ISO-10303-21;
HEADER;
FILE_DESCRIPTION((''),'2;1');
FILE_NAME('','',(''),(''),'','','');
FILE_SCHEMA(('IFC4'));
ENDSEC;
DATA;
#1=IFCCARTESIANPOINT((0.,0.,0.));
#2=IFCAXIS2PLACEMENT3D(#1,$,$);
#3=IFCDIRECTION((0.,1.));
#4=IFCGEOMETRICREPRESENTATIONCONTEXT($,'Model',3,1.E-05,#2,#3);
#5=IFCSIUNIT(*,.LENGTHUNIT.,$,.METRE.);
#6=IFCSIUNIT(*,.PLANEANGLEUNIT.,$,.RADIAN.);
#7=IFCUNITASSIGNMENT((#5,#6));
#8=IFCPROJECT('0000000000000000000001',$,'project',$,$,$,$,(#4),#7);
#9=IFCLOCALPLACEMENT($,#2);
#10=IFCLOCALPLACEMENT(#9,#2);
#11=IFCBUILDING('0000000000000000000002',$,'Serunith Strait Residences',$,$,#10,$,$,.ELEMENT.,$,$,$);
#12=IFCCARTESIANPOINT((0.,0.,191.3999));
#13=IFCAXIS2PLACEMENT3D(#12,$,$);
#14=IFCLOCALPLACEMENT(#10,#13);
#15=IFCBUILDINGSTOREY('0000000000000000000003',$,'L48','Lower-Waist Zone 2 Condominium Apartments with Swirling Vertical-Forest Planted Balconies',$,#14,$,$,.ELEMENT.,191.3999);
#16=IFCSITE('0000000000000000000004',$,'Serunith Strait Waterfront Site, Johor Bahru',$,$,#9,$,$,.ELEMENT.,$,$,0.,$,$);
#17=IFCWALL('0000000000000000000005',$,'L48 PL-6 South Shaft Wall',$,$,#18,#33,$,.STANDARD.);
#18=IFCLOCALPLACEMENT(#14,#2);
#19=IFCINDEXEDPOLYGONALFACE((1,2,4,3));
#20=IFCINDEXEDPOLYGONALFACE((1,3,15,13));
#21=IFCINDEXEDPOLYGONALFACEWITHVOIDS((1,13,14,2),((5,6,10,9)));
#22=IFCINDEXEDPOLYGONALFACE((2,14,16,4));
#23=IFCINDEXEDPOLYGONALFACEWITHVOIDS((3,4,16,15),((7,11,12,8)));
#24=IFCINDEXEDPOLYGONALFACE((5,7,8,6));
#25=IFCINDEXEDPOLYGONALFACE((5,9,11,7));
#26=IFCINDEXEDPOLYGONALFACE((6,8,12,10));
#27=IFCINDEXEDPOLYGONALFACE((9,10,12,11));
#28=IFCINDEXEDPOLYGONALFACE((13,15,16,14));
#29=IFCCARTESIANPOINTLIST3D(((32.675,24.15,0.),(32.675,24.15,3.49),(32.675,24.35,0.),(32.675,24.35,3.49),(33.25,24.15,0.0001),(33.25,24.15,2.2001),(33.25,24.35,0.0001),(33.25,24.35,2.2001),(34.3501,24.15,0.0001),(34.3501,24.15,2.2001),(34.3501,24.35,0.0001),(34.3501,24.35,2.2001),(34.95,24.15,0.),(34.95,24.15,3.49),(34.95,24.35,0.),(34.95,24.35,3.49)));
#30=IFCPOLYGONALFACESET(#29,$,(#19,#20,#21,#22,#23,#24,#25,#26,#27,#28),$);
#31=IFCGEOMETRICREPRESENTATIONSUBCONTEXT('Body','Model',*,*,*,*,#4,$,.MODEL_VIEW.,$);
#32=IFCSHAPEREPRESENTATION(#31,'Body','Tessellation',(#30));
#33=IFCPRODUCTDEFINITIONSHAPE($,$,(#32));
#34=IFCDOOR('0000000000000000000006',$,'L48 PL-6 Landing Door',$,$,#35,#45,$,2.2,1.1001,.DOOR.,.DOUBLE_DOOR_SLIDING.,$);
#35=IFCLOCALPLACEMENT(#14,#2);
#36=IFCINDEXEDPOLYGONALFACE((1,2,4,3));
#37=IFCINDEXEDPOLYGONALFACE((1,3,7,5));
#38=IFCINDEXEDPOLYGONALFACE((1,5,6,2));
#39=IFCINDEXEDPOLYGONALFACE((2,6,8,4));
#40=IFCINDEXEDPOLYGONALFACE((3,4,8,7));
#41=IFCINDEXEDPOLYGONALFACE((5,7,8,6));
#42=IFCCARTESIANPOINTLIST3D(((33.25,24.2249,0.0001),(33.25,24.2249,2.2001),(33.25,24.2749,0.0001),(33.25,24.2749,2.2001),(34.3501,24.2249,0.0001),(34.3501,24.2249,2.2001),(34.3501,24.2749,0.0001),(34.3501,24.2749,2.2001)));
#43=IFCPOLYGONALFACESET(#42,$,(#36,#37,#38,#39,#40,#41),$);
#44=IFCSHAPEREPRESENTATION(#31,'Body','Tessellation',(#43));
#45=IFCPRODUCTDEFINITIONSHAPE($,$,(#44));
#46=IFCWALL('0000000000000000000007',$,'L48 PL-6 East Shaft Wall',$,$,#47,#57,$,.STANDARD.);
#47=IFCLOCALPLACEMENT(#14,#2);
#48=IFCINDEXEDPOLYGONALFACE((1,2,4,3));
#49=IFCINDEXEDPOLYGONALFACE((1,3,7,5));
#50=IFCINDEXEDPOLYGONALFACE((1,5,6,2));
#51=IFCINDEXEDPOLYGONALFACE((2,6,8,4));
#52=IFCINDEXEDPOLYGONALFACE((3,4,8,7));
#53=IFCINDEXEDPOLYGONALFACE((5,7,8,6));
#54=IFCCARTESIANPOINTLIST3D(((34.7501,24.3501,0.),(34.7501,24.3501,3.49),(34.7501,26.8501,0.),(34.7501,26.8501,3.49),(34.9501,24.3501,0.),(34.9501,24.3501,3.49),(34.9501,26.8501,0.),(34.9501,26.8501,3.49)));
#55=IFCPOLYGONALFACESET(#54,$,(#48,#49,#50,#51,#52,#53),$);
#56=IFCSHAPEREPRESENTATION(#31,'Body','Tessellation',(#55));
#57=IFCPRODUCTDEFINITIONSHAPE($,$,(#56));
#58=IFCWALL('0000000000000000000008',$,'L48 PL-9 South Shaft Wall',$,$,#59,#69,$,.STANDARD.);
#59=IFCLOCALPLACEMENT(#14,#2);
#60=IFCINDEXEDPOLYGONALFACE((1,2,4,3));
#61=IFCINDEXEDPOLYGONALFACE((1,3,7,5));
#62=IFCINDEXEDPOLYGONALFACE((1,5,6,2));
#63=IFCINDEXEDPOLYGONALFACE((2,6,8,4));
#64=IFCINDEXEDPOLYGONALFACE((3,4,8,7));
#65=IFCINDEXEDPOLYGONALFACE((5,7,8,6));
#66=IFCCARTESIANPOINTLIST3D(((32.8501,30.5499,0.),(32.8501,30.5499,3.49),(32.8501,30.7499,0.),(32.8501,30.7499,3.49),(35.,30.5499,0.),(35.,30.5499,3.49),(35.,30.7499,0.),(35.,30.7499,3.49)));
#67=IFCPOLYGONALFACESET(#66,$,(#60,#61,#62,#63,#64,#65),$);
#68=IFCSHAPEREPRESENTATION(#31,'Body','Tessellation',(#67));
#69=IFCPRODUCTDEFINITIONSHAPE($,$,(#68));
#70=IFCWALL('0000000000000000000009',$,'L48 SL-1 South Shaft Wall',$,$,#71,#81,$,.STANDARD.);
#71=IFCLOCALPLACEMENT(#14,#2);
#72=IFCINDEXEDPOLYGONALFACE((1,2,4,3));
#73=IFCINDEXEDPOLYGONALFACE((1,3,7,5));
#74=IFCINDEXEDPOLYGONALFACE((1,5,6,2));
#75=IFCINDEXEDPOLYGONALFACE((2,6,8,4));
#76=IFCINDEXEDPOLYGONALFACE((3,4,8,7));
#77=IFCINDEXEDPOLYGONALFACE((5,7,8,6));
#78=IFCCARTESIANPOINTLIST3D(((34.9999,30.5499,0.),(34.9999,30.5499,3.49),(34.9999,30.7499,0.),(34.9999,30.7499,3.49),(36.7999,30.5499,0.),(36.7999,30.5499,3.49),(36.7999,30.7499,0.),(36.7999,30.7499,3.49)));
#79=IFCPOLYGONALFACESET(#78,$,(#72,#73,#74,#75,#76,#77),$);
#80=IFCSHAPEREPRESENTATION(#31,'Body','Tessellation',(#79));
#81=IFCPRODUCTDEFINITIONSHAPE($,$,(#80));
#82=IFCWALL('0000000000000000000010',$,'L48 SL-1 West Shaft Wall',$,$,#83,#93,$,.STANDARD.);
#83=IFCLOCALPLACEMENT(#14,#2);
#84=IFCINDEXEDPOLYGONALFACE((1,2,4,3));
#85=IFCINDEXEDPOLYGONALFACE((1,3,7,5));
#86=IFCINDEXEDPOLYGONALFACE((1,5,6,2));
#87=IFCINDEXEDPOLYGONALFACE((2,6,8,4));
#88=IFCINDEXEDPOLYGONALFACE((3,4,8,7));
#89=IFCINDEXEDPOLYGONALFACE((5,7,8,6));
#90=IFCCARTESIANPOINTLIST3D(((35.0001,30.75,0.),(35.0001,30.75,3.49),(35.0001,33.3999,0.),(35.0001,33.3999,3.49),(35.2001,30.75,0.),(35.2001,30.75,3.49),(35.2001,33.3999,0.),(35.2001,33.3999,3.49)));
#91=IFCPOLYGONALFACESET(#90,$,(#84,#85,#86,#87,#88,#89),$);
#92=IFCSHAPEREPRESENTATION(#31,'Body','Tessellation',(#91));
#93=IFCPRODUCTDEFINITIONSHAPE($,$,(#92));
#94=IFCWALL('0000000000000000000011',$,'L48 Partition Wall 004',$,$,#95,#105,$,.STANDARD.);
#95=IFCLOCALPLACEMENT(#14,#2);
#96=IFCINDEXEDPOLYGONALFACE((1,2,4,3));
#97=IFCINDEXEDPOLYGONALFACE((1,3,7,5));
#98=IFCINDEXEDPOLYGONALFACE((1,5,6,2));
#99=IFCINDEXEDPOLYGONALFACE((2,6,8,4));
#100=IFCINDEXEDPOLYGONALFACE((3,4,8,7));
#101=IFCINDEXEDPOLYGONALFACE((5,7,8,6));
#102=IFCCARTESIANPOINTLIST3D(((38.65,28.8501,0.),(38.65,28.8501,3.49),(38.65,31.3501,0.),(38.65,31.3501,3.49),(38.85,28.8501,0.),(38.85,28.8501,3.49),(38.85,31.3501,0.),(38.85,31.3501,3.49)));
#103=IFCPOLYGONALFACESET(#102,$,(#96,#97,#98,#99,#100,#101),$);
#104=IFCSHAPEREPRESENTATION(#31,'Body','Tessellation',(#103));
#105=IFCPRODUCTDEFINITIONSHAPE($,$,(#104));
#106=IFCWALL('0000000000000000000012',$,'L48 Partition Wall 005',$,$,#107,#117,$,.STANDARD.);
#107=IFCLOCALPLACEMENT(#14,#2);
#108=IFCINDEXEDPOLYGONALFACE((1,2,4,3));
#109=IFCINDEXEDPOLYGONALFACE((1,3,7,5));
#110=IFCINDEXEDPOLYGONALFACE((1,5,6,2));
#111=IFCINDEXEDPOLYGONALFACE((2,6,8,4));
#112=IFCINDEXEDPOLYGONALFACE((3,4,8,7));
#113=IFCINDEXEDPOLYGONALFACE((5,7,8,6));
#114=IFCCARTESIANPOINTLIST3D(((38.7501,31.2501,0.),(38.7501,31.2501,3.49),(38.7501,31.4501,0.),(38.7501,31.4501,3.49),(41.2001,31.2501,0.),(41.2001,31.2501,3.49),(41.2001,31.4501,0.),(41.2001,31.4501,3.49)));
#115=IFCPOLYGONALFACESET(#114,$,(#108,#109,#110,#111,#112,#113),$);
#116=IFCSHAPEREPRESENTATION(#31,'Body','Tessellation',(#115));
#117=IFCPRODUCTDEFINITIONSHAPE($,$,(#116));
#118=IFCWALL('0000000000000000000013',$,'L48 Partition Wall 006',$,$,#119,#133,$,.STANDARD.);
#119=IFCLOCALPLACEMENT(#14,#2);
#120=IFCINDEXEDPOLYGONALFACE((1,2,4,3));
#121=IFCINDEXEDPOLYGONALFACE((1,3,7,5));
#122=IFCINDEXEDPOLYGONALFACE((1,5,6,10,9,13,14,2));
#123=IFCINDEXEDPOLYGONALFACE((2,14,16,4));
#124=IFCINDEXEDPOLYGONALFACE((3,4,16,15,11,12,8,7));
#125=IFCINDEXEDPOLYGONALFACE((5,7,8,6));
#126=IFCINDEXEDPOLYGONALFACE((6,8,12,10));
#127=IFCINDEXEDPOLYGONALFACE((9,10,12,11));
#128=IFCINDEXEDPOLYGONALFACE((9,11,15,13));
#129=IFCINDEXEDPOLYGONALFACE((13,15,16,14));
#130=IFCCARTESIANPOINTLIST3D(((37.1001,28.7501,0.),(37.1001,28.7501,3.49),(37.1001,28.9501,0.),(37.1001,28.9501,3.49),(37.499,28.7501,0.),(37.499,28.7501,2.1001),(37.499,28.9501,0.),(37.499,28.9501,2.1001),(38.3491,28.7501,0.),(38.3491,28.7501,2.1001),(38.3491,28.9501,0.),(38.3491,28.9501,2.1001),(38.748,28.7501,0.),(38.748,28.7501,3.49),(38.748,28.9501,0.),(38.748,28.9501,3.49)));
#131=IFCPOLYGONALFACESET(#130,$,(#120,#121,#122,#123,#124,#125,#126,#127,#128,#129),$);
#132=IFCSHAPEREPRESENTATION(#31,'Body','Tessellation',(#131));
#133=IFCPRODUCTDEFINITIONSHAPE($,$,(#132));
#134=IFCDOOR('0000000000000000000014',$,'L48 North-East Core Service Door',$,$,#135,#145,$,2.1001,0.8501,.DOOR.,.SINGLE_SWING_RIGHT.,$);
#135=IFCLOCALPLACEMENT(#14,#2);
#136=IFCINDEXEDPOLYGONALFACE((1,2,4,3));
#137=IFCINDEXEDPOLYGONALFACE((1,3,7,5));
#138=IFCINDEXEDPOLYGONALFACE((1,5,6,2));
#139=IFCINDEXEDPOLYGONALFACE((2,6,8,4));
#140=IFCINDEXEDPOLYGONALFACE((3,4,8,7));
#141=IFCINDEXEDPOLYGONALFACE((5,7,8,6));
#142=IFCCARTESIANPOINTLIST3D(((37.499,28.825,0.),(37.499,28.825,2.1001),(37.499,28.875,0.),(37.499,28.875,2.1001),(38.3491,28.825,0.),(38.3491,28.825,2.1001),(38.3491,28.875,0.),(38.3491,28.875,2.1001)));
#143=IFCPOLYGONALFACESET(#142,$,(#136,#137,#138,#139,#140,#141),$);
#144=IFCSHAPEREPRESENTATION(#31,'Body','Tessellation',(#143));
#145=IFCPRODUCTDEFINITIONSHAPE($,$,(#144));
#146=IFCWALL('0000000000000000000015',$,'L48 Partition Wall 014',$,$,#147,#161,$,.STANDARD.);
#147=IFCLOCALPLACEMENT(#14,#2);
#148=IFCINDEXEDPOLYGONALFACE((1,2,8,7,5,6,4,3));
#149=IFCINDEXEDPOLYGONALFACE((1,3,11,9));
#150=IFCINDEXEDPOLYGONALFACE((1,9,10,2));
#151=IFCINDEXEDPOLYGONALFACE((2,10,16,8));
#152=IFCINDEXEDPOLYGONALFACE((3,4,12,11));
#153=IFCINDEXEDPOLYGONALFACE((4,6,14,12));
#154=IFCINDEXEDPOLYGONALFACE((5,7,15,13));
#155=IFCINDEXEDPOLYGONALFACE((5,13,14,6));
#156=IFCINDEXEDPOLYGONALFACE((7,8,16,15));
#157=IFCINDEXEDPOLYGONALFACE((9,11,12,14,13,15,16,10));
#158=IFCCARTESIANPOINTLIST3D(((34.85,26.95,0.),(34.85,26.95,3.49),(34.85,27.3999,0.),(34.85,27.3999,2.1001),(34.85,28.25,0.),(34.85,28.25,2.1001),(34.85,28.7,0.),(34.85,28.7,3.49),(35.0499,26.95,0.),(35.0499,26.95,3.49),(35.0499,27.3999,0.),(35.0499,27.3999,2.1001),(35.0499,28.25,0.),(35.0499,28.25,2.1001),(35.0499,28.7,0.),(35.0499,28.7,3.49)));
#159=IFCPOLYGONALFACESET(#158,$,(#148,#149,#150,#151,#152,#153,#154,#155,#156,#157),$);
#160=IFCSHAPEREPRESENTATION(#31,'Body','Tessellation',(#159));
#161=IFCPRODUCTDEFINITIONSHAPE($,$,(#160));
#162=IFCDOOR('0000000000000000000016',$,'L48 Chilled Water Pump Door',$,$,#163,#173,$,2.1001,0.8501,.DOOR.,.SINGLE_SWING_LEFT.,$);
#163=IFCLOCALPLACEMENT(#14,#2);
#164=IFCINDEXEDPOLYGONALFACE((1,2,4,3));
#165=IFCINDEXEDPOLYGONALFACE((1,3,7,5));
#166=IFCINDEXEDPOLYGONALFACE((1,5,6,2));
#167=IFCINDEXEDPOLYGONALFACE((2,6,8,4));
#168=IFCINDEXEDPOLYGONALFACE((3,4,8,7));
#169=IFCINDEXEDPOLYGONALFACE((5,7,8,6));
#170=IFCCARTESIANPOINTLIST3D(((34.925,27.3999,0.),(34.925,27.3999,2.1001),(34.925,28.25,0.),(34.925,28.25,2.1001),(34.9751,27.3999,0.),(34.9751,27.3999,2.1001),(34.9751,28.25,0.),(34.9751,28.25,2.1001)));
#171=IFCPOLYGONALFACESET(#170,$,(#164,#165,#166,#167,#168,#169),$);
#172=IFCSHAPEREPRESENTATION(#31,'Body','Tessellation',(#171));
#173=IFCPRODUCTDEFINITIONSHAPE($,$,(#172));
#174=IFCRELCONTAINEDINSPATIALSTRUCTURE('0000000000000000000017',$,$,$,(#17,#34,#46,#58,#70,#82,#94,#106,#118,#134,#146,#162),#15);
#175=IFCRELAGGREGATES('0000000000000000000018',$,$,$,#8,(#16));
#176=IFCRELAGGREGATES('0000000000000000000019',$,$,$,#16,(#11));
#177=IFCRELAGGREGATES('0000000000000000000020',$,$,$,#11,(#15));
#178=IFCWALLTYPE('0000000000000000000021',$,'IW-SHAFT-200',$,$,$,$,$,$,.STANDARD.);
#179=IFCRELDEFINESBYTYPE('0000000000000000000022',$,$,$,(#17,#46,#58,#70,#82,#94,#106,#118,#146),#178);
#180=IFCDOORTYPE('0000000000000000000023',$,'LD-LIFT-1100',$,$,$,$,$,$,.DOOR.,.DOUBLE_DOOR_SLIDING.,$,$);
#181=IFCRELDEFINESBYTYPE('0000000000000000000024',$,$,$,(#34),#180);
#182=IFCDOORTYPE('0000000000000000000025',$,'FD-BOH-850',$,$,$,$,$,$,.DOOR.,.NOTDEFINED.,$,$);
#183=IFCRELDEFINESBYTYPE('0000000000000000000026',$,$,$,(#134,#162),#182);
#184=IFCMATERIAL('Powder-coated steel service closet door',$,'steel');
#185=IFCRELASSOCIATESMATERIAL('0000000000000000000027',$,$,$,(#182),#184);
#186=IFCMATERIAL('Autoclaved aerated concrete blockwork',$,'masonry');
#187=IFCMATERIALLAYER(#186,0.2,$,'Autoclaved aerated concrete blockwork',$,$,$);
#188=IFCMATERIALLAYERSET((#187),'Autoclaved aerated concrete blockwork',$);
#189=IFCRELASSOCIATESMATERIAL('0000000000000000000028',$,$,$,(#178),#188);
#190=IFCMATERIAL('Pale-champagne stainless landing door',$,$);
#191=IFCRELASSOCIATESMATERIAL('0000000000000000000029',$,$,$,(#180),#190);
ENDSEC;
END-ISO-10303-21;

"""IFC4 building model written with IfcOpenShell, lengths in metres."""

from ifc_helpers import new_model, si_unit, direction, frame, frame_2d, origin, place, context, subcontext, project, spatial, rectangle, extrude, source, transform, mapped, material, layer, layer_set, type_object, element, fill, save


model = new_model("IFC4")

# Units and contexts
model_context = context("Model", 3, precision=1e-05, world=origin(), true_north=direction((0.0, 1.0)))
body_context = subcontext(model_context, "Body", "Model", "MODEL_VIEW")
ifc_project = project(units=[si_unit("LENGTHUNIT", "METRE"), si_unit("PLANEANGLEUNIT", "RADIAN")], contexts=[model_context])

# Site, building, storey
site_placement = place(None, origin())
site = spatial("IfcSite", under=ifc_project, at=site_placement, Name="Serunith Strait Waterfront Site, Johor Bahru", CompositionType="ELEMENT", RefElevation=0.0)
building_placement = place(site_placement, origin())
building = spatial("IfcBuilding", under=site, at=building_placement, Name="Serunith Strait Residences", CompositionType="ELEMENT")
storey_placement = place(building_placement, frame((0.0, 0.0, 191.3999)))
storey = spatial("IfcBuildingStorey", under=building, at=storey_placement, Name="L48", Description="Lower-Waist Zone 2 Condominium Apartments with Swirling Vertical-Forest Planted Balconies", CompositionType="ELEMENT", Elevation=191.3999)

# Wall, opening, door
ifc_material_1 = material(Name="Powder-coated steel service closet door", Category="steel")
door_type_1 = type_object("IfcDoorType", Name="FD-BOH-850", OperationType="NOTDEFINED", PredefinedType="DOOR", material=ifc_material_1)
shared_shape_1 = source(origin(), body_context, "Body", "SweptSolid", [
    extrude(rectangle(XDim=0.8501, YDim=2.1001, at=frame_2d((0.425, 1.05))), frame((0.0, 0.0249, 0.0), z_axis=(0.0, -1.0, 0.0), x_axis=(1.0, 0.0, 0.0)), (0.0, 0.0, 1.0), 0.05),
])
ifc_material_2 = material(Name="Autoclaved aerated concrete blockwork", Category="masonry")
ifc_layer_1 = layer(ifc_material_2, 0.2, Name="Autoclaved aerated concrete blockwork")
ifc_layer_set_1 = layer_set([ifc_layer_1], Name="Autoclaved aerated concrete blockwork")
wall_type_1 = type_object("IfcWallType", Name="IW-SHAFT-200", PredefinedType="STANDARD", material=ifc_layer_set_1)
wall_1_placement = place(storey_placement, frame((32.675, 24.25, 0.0), z_axis=(0.0, 0.0, 1.0), x_axis=(1.0, 0.0, 0.0)))
wall_1 = element("IfcWall", 1, at=wall_1_placement, inside=storey, type_object=wall_type_1, Name="L48 PL-6 South Shaft Wall", PredefinedType="STANDARD", context=body_context, shape_type="SweptSolid", body=[
    extrude(rectangle(XDim=2.2749, YDim=0.2, at=frame_2d((1.1375, 0.0))), origin(), (0.0, 0.0, 1.0), 3.49),
])
opening_1_placement = place(wall_1_placement, frame((0.575, 0.0, 0.0)))
opening_1 = element("IfcOpeningElement", 2, at=opening_1_placement, cuts=wall_1, PredefinedType="OPENING", context=body_context, shape_type="SweptSolid", body=[
    extrude(rectangle(XDim=1.1001, YDim=2.2, at=frame_2d((0.55, 1.1001))), frame((0.0, 0.1099, 0.0), z_axis=(0.0, -1.0, 0.0), x_axis=(1.0, 0.0, 0.0)), (0.0, 0.0, 1.0), 0.22),
])
ifc_material_3 = material(Name="Pale-champagne stainless landing door")
door_type_2 = type_object("IfcDoorType", Name="LD-LIFT-1100", OperationType="DOUBLE_DOOR_SLIDING", PredefinedType="DOOR", material=ifc_material_3)
shared_shape_2 = source(origin(), body_context, "Body", "SweptSolid", [
    extrude(rectangle(XDim=1.1001, YDim=2.2, at=frame_2d((0.55, 1.1001))), frame((0.0, 0.0249, 0.0), z_axis=(0.0, -1.0, 0.0), x_axis=(1.0, 0.0, 0.0)), (0.0, 0.0, 1.0), 0.05),
])
door_1_placement = place(opening_1_placement, origin())
door_1 = element("IfcDoor", 3, at=door_1_placement, inside=storey, type_object=door_type_2, Name="L48 PL-6 Landing Door", OperationType="DOUBLE_DOOR_SLIDING", OverallHeight=2.2, OverallWidth=1.1001, PredefinedType="DOOR", context=body_context, shape_type="MappedRepresentation", body=[
    mapped(shared_shape_2, transform((0.0, 0.0, 0.0), scale=1.0)),
])
fill(opening_1, door_1)

# Walls
wall_2_placement = place(storey_placement, frame((34.8501, 24.3501, 0.0), z_axis=(0.0, 0.0, 1.0), x_axis=(0.0, 1.0, 0.0)))
element("IfcWall", 4, at=wall_2_placement, inside=storey, type_object=wall_type_1, Name="L48 PL-6 East Shaft Wall", PredefinedType="STANDARD", context=body_context, shape_type="SweptSolid", body=[
    extrude(rectangle(XDim=2.5, YDim=0.2, at=frame_2d((1.25, 0.0))), origin(), (0.0, 0.0, 1.0), 3.49),
])
wall_3_placement = place(storey_placement, frame((32.8501, 30.6499, 0.0), z_axis=(0.0, 0.0, 1.0), x_axis=(1.0, 0.0, 0.0)))
element("IfcWall", 5, at=wall_3_placement, inside=storey, type_object=wall_type_1, Name="L48 PL-9 South Shaft Wall", PredefinedType="STANDARD", context=body_context, shape_type="SweptSolid", body=[
    extrude(rectangle(XDim=2.1499, YDim=0.2, at=frame_2d((1.075, 0.0))), origin(), (0.0, 0.0, 1.0), 3.49),
])
wall_4_placement = place(storey_placement, frame((35.0, 30.6499, 0.0), z_axis=(0.0, 0.0, 1.0), x_axis=(1.0, 0.0, 0.0)))
element("IfcWall", 6, at=wall_4_placement, inside=storey, type_object=wall_type_1, Name="L48 SL-1 South Shaft Wall", PredefinedType="STANDARD", context=body_context, shape_type="SweptSolid", body=[
    extrude(rectangle(XDim=1.8, YDim=0.2, at=frame_2d((0.8999, 0.0))), origin(), (0.0, 0.0, 1.0), 3.49),
])
wall_5_placement = place(storey_placement, frame((35.1001, 30.75, 0.0), z_axis=(0.0, 0.0, 1.0), x_axis=(0.0, 1.0, 0.0)))
element("IfcWall", 7, at=wall_5_placement, inside=storey, type_object=wall_type_1, Name="L48 SL-1 West Shaft Wall", PredefinedType="STANDARD", context=body_context, shape_type="SweptSolid", body=[
    extrude(rectangle(XDim=2.6499, YDim=0.2, at=frame_2d((1.325, 0.0))), origin(), (0.0, 0.0, 1.0), 3.49),
])
wall_6_placement = place(storey_placement, frame((38.75, 28.8501, 0.0), z_axis=(0.0, 0.0, 1.0), x_axis=(0.0, 1.0, 0.0)))
element("IfcWall", 8, at=wall_6_placement, inside=storey, type_object=wall_type_1, Name="L48 Partition Wall 004", PredefinedType="STANDARD", context=body_context, shape_type="SweptSolid", body=[
    extrude(rectangle(XDim=2.5, YDim=0.2, at=frame_2d((1.25, 0.0))), origin(), (0.0, 0.0, 1.0), 3.49),
])
wall_7_placement = place(storey_placement, frame((38.75, 31.3501, 0.0), z_axis=(0.0, 0.0, 1.0), x_axis=(1.0, 0.0, 0.0)))
element("IfcWall", 9, at=wall_7_placement, inside=storey, type_object=wall_type_1, Name="L48 Partition Wall 005", PredefinedType="STANDARD", context=body_context, shape_type="SweptSolid", body=[
    extrude(rectangle(XDim=2.45, YDim=0.2, at=frame_2d((1.2251, 0.0))), origin(), (0.0, 0.0, 1.0), 3.49),
])

# Walls, openings, doors
wall_8_placement = place(storey_placement, frame((37.1001, 28.8501, 0.0), z_axis=(0.0, 0.0, 1.0), x_axis=(1.0, 0.0, 0.0)))
wall_8 = element("IfcWall", 10, at=wall_8_placement, inside=storey, type_object=wall_type_1, Name="L48 Partition Wall 006", PredefinedType="STANDARD", context=body_context, shape_type="SweptSolid", body=[
    extrude(rectangle(XDim=1.6479, YDim=0.2, at=frame_2d((0.824, 0.0))), origin(), (0.0, 0.0, 1.0), 3.49),
])
opening_2_placement = place(wall_8_placement, frame((0.3989, 0.0, 0.0)))
opening_2 = element("IfcOpeningElement", 11, at=opening_2_placement, cuts=wall_8, PredefinedType="OPENING", context=body_context, shape_type="SweptSolid", body=[
    extrude(rectangle(XDim=0.8501, YDim=2.1001, at=frame_2d((0.425, 1.05))), frame((0.0, 0.1099, 0.0), z_axis=(0.0, -1.0, 0.0), x_axis=(1.0, 0.0, 0.0)), (0.0, 0.0, 1.0), 0.22),
])
door_2_placement = place(opening_2_placement, origin())
door_2 = element("IfcDoor", 12, at=door_2_placement, inside=storey, type_object=door_type_1, Name="L48 North-East Core Service Door", OperationType="SINGLE_SWING_RIGHT", OverallHeight=2.1001, OverallWidth=0.8501, PredefinedType="DOOR", context=body_context, shape_type="MappedRepresentation", body=[
    mapped(shared_shape_1, transform((0.0, 0.0, 0.0), scale=1.0)),
])
fill(opening_2, door_2)
wall_9_placement = place(storey_placement, frame((34.95, 26.95, 0.0), z_axis=(0.0, 0.0, 1.0), x_axis=(0.0, 1.0, 0.0)))
wall_9 = element("IfcWall", 13, at=wall_9_placement, inside=storey, type_object=wall_type_1, Name="L48 Partition Wall 014", PredefinedType="STANDARD", context=body_context, shape_type="SweptSolid", body=[
    extrude(rectangle(XDim=1.75, YDim=0.2, at=frame_2d((0.875, 0.0))), origin(), (0.0, 0.0, 1.0), 3.49),
])
opening_3_placement = place(wall_9_placement, frame((0.45, 0.0, 0.0)))
opening_3 = element("IfcOpeningElement", 14, at=opening_3_placement, cuts=wall_9, PredefinedType="OPENING", context=body_context, shape_type="SweptSolid", body=[
    extrude(rectangle(XDim=0.8501, YDim=2.1001, at=frame_2d((0.425, 1.05))), frame((0.0, 0.1099, 0.0), z_axis=(0.0, -1.0, 0.0), x_axis=(1.0, 0.0, 0.0)), (0.0, 0.0, 1.0), 0.22),
])
door_3_placement = place(opening_3_placement, origin())
door_3 = element("IfcDoor", 15, at=door_3_placement, inside=storey, type_object=door_type_1, Name="L48 Chilled Water Pump Door", OperationType="SINGLE_SWING_LEFT", OverallHeight=2.1001, OverallWidth=0.8501, PredefinedType="DOOR", context=body_context, shape_type="MappedRepresentation", body=[
    mapped(shared_shape_1, transform((0.0, 0.0, 0.0), scale=1.0)),
])
fill(opening_3, door_3)

save(model, "model.ifc")
